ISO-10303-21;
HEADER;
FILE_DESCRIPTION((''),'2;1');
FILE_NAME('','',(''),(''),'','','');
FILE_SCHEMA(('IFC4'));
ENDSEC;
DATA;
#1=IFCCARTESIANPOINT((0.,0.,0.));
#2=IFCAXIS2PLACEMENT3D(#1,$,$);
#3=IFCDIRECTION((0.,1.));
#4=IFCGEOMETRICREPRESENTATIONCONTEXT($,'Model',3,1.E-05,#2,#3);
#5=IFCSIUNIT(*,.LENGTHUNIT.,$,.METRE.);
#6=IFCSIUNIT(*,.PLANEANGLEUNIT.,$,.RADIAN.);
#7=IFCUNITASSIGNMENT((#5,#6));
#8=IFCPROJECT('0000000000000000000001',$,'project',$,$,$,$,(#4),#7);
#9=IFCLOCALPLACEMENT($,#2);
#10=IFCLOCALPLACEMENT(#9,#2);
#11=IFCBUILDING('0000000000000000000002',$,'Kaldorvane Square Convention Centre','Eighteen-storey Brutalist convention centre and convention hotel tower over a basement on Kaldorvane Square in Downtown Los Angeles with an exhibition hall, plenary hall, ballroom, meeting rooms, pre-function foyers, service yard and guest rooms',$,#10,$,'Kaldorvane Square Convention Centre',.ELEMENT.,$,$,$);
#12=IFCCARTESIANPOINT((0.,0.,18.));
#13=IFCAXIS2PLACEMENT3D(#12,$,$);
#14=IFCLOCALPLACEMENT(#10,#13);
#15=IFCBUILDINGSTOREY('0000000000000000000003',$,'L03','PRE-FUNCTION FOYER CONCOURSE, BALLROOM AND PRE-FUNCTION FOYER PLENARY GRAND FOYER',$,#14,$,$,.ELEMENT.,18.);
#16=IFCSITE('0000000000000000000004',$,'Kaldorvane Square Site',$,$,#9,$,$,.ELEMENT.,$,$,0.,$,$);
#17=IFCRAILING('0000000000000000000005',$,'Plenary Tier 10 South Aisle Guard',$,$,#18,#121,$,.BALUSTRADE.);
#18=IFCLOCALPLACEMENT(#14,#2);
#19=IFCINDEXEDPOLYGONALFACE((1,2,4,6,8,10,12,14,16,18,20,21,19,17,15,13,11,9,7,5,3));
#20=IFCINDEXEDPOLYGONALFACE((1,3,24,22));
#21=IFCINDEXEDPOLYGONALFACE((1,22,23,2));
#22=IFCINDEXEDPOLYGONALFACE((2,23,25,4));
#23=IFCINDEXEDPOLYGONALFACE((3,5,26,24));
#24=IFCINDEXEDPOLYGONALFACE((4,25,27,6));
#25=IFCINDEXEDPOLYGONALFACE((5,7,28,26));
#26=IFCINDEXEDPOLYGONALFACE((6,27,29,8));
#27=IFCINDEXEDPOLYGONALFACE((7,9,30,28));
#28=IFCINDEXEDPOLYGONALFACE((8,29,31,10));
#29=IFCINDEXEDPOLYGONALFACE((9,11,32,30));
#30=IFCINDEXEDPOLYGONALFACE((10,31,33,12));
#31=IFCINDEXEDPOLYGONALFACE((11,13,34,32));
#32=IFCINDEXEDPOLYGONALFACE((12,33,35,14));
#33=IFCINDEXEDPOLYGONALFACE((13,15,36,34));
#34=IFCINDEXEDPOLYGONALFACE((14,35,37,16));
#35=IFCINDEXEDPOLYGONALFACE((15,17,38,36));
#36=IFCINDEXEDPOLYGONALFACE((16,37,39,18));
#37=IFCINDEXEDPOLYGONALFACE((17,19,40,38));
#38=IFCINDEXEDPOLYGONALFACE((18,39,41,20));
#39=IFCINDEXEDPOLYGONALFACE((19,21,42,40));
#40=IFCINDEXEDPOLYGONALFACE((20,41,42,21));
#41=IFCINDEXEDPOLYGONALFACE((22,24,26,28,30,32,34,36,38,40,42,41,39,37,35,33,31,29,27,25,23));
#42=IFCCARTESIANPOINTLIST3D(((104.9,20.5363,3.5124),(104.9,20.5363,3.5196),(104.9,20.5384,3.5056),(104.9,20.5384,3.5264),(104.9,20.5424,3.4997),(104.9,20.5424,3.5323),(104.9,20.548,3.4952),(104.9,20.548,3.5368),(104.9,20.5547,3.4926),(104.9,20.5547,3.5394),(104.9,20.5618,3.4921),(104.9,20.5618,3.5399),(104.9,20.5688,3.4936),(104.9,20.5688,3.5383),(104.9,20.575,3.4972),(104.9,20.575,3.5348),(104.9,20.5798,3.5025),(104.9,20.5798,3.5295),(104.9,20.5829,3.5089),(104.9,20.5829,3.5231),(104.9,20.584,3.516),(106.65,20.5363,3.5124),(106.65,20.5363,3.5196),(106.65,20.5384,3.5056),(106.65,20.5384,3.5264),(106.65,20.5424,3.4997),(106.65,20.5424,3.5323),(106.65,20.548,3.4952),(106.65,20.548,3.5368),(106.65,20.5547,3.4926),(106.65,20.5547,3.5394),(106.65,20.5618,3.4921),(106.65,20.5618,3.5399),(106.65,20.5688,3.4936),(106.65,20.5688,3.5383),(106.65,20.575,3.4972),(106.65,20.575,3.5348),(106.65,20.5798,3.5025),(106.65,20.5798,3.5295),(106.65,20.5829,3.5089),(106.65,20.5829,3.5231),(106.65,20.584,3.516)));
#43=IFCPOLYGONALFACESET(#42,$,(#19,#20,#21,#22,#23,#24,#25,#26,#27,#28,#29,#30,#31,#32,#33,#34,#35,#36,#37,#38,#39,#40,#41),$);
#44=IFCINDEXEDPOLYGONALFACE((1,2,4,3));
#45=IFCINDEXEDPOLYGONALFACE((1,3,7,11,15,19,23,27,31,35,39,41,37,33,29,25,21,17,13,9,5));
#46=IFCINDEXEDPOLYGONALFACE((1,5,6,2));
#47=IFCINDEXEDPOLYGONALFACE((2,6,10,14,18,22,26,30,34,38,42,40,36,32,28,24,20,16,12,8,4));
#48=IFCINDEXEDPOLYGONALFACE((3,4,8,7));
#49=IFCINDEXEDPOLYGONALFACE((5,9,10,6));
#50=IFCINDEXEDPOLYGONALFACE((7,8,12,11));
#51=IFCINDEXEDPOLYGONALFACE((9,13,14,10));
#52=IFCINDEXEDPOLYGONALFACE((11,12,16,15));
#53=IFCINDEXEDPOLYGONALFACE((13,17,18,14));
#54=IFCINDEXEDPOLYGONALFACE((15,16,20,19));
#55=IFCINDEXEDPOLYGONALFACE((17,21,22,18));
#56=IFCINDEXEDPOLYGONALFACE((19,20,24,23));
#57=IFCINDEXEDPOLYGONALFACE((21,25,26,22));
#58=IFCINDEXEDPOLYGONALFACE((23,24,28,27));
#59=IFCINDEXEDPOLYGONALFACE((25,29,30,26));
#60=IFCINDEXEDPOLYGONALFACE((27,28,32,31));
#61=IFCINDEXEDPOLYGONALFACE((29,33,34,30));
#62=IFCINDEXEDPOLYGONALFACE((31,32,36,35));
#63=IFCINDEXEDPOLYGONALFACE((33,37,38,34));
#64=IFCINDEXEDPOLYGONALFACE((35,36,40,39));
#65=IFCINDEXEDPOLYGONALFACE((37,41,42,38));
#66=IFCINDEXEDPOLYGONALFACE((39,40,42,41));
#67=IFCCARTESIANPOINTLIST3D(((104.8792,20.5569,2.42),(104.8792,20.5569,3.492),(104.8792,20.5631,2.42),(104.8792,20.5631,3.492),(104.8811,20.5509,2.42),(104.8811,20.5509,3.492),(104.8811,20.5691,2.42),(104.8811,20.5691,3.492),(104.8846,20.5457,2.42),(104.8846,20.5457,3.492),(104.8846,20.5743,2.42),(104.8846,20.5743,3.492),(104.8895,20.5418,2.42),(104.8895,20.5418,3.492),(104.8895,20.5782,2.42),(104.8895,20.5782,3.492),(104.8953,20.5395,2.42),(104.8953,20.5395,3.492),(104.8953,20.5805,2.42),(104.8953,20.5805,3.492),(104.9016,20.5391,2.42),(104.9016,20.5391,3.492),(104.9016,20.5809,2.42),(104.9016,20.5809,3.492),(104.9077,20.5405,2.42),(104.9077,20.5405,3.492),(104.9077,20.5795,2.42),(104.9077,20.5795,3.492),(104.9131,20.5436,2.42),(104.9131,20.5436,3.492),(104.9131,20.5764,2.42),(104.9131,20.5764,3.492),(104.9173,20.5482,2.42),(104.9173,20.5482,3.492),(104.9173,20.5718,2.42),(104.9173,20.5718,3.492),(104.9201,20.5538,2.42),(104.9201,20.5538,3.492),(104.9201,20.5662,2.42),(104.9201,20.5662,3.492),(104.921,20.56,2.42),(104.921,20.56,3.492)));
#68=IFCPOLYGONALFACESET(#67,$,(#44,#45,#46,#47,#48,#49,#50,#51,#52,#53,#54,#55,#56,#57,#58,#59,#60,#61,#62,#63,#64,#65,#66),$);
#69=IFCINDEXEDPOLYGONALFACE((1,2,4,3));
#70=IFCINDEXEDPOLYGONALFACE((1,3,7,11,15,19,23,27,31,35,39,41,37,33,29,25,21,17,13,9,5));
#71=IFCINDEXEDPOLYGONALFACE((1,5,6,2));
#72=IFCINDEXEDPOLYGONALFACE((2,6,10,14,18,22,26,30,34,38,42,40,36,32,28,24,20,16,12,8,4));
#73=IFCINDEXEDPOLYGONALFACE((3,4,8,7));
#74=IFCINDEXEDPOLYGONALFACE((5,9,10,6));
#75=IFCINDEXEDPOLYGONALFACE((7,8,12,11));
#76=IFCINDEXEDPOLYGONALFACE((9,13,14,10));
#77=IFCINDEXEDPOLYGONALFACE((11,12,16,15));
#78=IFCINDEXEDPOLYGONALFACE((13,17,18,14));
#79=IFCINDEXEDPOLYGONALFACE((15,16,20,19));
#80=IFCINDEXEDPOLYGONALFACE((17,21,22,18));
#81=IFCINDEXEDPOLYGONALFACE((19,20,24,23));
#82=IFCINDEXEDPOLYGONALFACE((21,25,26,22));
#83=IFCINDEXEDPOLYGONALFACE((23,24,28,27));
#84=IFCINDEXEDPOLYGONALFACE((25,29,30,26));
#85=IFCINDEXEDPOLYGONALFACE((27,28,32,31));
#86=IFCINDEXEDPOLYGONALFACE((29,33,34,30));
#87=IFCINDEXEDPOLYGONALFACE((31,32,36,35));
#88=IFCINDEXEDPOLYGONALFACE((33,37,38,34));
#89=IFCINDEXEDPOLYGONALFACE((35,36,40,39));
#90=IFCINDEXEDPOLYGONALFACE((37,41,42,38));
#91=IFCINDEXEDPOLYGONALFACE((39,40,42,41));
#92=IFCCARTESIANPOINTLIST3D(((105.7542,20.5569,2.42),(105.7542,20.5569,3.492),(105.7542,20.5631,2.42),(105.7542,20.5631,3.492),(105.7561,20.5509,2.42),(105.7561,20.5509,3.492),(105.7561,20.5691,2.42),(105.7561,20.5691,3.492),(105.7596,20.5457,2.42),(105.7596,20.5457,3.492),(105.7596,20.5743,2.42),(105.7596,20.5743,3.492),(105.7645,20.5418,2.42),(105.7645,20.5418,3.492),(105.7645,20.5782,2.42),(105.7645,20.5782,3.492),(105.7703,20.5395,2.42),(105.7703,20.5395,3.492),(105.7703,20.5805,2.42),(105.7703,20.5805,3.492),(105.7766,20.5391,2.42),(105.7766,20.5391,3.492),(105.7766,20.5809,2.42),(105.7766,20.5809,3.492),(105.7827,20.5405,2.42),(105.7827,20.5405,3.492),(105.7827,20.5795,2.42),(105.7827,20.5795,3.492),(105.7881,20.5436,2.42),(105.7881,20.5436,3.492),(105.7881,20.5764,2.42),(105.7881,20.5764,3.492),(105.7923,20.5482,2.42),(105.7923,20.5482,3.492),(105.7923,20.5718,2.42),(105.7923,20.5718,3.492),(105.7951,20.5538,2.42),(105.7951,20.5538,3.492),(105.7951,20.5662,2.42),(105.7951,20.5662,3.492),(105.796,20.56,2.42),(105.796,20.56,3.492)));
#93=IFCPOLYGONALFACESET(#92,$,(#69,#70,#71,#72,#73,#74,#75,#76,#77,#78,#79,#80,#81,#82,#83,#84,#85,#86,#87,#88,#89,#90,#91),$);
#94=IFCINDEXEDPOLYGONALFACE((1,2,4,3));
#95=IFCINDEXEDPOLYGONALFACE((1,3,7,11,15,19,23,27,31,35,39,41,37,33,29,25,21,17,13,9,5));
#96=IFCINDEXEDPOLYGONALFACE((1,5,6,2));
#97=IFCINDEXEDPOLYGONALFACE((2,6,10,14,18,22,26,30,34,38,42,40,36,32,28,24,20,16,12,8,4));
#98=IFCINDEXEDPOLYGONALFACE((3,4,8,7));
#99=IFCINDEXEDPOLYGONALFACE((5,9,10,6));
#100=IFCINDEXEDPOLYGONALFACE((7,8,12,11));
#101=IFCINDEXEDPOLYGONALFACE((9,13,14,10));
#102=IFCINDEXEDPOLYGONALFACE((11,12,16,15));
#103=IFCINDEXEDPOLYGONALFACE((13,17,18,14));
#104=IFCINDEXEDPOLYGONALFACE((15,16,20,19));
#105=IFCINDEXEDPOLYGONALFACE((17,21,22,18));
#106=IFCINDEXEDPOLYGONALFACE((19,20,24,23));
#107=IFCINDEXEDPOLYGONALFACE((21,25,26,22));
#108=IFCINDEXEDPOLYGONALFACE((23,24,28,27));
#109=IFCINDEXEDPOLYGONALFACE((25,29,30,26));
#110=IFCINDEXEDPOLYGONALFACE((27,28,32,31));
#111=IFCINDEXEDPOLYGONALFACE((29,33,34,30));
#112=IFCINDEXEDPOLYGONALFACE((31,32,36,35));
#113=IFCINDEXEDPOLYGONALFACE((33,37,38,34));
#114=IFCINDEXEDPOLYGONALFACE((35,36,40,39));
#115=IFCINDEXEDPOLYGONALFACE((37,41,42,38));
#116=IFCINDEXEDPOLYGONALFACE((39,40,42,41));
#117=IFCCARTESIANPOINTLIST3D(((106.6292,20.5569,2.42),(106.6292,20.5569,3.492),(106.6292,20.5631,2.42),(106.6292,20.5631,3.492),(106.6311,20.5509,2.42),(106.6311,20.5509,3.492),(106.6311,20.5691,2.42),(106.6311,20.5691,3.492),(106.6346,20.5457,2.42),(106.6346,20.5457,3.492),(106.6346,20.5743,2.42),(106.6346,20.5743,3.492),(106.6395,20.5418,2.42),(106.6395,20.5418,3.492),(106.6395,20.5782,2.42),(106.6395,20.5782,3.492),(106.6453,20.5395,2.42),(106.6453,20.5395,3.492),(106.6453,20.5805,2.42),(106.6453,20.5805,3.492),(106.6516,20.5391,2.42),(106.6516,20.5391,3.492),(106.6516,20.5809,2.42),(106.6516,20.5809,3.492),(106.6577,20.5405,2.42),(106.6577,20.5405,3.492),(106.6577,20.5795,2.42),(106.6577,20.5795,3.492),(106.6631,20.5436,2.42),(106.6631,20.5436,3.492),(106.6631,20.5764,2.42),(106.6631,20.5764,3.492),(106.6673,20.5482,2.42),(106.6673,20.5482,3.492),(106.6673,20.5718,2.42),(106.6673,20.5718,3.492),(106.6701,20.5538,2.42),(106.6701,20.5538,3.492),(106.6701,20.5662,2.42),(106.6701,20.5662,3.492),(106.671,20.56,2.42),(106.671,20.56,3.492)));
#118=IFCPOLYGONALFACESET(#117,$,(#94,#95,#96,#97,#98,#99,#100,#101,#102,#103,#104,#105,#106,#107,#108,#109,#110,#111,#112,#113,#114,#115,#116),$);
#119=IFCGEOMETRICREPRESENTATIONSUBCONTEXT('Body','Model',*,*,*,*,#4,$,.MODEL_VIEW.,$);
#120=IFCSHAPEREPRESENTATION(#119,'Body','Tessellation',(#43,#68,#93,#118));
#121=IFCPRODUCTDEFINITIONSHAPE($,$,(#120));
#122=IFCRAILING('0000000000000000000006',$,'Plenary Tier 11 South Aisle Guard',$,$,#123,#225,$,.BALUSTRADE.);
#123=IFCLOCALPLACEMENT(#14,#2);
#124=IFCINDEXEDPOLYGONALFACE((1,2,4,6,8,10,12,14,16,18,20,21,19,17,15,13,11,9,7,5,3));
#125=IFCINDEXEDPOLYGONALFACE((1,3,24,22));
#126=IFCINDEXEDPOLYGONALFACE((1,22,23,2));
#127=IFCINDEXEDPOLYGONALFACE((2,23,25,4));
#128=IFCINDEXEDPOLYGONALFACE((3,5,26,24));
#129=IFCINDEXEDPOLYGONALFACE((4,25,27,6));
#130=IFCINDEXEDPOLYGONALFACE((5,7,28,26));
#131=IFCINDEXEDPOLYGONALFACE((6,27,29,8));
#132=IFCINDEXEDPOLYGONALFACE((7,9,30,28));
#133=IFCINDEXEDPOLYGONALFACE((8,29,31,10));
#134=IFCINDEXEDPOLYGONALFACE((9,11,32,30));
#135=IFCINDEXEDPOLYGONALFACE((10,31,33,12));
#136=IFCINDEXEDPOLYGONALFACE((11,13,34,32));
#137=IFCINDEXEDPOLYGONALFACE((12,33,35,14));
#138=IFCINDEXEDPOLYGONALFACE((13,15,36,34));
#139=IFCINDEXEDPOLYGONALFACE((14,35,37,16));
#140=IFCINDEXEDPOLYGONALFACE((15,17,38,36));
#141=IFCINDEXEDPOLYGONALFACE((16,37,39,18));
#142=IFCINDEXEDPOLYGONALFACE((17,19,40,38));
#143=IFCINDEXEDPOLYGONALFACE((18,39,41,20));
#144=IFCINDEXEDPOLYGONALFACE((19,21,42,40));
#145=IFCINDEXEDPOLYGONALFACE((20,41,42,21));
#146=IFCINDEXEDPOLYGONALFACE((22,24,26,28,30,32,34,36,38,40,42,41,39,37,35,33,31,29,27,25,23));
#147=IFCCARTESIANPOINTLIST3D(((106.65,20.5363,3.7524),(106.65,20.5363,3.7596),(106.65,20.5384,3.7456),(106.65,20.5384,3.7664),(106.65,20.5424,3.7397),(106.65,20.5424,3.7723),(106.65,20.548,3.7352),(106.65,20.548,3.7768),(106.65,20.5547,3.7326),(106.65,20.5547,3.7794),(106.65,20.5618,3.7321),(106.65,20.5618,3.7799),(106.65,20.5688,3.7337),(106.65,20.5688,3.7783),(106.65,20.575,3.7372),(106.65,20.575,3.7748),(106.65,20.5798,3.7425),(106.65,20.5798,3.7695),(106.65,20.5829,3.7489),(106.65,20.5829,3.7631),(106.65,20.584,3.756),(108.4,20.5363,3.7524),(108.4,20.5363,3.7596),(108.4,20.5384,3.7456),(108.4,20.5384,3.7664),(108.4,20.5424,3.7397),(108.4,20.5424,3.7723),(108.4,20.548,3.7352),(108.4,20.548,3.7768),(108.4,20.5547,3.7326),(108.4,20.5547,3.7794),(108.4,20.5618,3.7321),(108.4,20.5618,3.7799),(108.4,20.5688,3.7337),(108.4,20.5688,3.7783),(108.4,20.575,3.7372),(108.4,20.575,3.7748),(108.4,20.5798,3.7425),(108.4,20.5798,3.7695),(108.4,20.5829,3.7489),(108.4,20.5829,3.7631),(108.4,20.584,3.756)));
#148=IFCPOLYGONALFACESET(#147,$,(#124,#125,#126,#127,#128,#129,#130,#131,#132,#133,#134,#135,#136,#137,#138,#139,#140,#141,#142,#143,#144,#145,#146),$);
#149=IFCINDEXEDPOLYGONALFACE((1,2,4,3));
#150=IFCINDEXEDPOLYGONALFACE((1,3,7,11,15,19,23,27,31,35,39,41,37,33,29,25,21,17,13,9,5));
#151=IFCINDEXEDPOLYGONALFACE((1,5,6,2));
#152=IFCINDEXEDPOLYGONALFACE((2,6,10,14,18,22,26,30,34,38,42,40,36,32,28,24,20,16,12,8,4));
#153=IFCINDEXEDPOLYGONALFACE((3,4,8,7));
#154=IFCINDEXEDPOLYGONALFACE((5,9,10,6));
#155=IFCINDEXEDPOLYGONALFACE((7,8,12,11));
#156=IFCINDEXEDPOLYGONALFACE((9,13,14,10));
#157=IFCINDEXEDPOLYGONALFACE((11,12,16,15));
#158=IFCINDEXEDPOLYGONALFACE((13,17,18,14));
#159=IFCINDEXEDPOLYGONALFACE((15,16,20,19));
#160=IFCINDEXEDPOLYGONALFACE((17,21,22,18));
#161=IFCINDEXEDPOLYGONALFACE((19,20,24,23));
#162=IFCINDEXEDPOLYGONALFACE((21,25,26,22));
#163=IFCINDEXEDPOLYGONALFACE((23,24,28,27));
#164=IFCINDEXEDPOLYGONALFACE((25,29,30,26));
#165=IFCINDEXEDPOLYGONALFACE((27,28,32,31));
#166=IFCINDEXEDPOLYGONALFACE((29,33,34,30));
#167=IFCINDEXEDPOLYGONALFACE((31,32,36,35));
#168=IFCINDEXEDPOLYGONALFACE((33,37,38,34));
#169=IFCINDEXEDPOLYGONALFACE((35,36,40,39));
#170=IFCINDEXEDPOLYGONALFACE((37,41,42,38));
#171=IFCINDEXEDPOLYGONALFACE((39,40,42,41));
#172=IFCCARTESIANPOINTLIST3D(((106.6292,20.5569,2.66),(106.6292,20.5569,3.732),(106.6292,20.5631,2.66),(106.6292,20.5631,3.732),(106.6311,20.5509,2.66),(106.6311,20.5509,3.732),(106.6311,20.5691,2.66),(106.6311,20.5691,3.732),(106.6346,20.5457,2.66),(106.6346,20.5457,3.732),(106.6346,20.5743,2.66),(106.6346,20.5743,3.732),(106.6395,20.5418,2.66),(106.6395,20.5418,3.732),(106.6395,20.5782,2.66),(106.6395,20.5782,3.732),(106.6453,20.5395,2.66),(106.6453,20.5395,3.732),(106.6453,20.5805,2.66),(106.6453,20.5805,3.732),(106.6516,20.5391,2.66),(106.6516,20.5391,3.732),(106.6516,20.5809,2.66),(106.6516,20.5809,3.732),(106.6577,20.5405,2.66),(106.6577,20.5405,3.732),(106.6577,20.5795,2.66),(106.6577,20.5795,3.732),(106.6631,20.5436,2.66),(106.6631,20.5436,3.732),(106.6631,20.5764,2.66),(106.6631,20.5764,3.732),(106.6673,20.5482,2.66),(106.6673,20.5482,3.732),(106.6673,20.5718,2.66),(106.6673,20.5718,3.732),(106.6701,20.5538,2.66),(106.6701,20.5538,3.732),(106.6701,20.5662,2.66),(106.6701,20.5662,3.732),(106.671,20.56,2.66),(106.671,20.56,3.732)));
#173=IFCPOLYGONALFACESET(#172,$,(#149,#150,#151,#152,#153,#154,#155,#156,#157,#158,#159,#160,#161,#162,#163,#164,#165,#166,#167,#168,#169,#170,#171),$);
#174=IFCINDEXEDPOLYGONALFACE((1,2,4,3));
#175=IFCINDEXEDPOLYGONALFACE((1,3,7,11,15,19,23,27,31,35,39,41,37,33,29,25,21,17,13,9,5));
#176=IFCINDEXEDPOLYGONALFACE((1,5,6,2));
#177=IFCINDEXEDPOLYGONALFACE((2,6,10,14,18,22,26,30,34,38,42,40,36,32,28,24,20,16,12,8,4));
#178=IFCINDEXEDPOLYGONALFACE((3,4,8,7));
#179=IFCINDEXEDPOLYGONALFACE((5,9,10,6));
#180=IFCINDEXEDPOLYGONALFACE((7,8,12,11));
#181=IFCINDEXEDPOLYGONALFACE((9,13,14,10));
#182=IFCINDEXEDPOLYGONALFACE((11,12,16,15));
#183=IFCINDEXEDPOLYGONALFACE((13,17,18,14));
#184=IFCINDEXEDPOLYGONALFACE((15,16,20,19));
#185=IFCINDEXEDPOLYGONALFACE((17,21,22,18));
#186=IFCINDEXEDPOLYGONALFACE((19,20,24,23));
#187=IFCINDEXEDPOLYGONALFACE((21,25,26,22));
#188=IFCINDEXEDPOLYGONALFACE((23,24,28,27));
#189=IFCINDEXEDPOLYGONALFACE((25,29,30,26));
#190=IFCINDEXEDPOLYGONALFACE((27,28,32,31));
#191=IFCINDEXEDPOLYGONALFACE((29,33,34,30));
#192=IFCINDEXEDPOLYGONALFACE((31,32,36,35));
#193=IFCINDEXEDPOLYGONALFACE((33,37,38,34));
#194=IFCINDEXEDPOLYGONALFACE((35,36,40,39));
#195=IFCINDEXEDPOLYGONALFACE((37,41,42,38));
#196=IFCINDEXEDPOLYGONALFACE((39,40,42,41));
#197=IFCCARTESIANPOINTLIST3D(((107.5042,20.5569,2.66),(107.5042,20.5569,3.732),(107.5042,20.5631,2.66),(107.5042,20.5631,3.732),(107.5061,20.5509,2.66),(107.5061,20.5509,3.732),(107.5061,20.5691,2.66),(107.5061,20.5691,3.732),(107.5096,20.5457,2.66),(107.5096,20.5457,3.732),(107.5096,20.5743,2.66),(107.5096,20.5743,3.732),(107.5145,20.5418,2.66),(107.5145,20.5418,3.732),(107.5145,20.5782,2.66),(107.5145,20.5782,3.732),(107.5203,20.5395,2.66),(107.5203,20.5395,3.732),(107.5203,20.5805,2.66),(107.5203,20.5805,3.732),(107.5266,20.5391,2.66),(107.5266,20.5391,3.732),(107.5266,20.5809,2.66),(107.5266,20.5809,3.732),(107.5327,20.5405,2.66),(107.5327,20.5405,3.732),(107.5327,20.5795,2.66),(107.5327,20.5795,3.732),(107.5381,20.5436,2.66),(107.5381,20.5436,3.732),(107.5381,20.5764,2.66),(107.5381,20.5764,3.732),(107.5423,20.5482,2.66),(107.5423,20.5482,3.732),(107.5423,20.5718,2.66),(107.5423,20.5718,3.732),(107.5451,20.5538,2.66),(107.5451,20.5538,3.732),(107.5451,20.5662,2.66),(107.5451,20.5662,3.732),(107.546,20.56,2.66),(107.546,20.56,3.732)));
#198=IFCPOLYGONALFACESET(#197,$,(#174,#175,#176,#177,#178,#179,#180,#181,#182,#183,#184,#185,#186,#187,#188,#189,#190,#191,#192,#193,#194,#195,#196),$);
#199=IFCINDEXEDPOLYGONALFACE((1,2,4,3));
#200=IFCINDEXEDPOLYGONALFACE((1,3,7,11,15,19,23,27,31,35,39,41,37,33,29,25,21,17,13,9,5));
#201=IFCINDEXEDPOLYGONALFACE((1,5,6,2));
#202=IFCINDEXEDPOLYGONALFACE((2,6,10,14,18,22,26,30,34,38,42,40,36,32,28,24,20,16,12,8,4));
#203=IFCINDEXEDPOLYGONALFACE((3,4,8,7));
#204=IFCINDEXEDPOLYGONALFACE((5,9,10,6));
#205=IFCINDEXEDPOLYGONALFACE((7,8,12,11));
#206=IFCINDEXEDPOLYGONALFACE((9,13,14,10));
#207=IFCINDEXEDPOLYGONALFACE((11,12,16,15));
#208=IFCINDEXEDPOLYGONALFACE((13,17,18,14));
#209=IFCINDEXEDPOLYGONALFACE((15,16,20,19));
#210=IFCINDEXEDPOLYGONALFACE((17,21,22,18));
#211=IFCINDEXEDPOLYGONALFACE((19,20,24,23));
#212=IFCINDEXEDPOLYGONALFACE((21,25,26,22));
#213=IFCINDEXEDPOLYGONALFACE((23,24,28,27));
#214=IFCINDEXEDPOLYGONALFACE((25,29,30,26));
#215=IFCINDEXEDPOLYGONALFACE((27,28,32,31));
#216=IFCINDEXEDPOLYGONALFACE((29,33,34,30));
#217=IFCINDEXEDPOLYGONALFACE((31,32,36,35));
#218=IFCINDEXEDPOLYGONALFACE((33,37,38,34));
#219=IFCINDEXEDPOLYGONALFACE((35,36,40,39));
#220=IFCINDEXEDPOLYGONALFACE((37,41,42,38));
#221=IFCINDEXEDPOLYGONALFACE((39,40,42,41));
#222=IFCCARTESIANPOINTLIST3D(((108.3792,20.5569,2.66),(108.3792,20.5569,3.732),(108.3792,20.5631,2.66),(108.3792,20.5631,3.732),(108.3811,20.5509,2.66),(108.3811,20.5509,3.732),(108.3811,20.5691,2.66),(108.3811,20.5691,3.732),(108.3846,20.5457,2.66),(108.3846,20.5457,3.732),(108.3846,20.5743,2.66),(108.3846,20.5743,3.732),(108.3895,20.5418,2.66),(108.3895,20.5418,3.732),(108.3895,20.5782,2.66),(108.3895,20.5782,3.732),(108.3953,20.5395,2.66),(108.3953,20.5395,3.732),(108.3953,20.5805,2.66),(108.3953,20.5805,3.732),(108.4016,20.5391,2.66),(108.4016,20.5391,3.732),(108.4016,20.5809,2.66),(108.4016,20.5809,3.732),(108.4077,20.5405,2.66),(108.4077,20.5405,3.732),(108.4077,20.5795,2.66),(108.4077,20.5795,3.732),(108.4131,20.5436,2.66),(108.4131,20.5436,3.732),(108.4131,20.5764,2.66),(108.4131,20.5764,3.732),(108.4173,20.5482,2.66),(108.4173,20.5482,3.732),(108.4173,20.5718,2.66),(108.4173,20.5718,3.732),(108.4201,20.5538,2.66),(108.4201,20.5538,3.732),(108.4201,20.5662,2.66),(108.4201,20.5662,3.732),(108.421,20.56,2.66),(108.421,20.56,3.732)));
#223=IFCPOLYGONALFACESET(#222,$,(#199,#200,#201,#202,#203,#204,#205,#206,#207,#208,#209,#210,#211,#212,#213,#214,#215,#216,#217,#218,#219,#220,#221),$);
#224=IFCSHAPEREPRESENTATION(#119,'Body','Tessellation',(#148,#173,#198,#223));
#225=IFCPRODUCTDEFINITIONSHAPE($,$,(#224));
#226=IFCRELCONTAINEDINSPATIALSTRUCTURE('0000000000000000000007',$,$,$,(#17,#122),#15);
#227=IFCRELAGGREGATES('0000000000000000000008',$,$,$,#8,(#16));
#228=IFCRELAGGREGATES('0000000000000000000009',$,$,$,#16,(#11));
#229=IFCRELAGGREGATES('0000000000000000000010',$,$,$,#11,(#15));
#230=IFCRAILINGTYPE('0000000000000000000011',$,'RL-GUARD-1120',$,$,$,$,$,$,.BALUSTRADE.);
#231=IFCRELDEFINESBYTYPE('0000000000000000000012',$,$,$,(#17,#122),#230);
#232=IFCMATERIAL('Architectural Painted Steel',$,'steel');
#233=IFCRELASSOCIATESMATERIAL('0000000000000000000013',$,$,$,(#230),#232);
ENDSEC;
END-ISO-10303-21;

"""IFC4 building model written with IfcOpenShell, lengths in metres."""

from ifc_helpers import new_model, si_unit, direction, frame, origin, origin_2d, place, context, subcontext, project, spatial, circle, extrude, material, type_object, element, save


model = new_model("IFC4")

# Units and contexts
model_context = context("Model", 3, precision=1e-05, world=origin(), true_north=direction((0.0, 1.0)))
body_context = subcontext(model_context, "Body", "Model", "MODEL_VIEW")
ifc_project = project(units=[si_unit("LENGTHUNIT", "METRE"), si_unit("PLANEANGLEUNIT", "RADIAN")], contexts=[model_context])

# Site, building, storey
site_placement = place(None, origin())
site = spatial("IfcSite", under=ifc_project, at=site_placement, Name="Kaldorvane Square Site", CompositionType="ELEMENT", RefElevation=0.0)
building_placement = place(site_placement, origin())
building = spatial("IfcBuilding", under=site, at=building_placement, Name="Kaldorvane Square Convention Centre", Description="Eighteen-storey Brutalist convention centre and convention hotel tower over a basement on Kaldorvane Square in Downtown Los Angeles with an exhibition hall, plenary hall, ballroom, meeting rooms, pre-function foyers, service yard and guest rooms", LongName="Kaldorvane Square Convention Centre", CompositionType="ELEMENT")
storey_placement = place(building_placement, frame((0.0, 0.0, 18.0)))
storey = spatial("IfcBuildingStorey", under=building, at=storey_placement, Name="L03", Description="PRE-FUNCTION FOYER CONCOURSE, BALLROOM AND PRE-FUNCTION FOYER PLENARY GRAND FOYER", CompositionType="ELEMENT", Elevation=18.0)

# Railings
ifc_material_1 = material(Name="Architectural Painted Steel", Category="steel")
railing_type = type_object("IfcRailingType", Name="RL-GUARD-1120", PredefinedType="BALUSTRADE", material=ifc_material_1)
for number, where, name in (
    (1, (104.9, 20.56, 2.42), "Plenary Tier 10 South Aisle Guard"),
    (2, (106.65, 20.56, 2.66), "Plenary Tier 11 South Aisle Guard"),
):
    element("IfcRailing", number, at=place(storey_placement, frame(where)), inside=storey, type_object=railing_type, Name=name, PredefinedType="BALUSTRADE", context=body_context, shape_type="SweptSolid", body=[
        extrude(circle(Radius=0.024, at=origin_2d()), frame((0.0, 0.0, 1.096), z_axis=(1.0, 0.0, 0.0), x_axis=(0.0, 1.0, 0.0)), (0.0, 0.0, 1.0), 1.75),
        extrude(circle(Radius=0.021, at=origin_2d()), origin(), (0.0, 0.0, 1.0), 1.072),
        extrude(circle(Radius=0.021, at=origin_2d()), frame((0.875, 0.0, 0.0)), (0.0, 0.0, 1.0), 1.072),
        extrude(circle(Radius=0.021, at=origin_2d()), frame((1.75, 0.0, 0.0)), (0.0, 0.0, 1.0), 1.072),
    ])

save(model, "model.ifc")
